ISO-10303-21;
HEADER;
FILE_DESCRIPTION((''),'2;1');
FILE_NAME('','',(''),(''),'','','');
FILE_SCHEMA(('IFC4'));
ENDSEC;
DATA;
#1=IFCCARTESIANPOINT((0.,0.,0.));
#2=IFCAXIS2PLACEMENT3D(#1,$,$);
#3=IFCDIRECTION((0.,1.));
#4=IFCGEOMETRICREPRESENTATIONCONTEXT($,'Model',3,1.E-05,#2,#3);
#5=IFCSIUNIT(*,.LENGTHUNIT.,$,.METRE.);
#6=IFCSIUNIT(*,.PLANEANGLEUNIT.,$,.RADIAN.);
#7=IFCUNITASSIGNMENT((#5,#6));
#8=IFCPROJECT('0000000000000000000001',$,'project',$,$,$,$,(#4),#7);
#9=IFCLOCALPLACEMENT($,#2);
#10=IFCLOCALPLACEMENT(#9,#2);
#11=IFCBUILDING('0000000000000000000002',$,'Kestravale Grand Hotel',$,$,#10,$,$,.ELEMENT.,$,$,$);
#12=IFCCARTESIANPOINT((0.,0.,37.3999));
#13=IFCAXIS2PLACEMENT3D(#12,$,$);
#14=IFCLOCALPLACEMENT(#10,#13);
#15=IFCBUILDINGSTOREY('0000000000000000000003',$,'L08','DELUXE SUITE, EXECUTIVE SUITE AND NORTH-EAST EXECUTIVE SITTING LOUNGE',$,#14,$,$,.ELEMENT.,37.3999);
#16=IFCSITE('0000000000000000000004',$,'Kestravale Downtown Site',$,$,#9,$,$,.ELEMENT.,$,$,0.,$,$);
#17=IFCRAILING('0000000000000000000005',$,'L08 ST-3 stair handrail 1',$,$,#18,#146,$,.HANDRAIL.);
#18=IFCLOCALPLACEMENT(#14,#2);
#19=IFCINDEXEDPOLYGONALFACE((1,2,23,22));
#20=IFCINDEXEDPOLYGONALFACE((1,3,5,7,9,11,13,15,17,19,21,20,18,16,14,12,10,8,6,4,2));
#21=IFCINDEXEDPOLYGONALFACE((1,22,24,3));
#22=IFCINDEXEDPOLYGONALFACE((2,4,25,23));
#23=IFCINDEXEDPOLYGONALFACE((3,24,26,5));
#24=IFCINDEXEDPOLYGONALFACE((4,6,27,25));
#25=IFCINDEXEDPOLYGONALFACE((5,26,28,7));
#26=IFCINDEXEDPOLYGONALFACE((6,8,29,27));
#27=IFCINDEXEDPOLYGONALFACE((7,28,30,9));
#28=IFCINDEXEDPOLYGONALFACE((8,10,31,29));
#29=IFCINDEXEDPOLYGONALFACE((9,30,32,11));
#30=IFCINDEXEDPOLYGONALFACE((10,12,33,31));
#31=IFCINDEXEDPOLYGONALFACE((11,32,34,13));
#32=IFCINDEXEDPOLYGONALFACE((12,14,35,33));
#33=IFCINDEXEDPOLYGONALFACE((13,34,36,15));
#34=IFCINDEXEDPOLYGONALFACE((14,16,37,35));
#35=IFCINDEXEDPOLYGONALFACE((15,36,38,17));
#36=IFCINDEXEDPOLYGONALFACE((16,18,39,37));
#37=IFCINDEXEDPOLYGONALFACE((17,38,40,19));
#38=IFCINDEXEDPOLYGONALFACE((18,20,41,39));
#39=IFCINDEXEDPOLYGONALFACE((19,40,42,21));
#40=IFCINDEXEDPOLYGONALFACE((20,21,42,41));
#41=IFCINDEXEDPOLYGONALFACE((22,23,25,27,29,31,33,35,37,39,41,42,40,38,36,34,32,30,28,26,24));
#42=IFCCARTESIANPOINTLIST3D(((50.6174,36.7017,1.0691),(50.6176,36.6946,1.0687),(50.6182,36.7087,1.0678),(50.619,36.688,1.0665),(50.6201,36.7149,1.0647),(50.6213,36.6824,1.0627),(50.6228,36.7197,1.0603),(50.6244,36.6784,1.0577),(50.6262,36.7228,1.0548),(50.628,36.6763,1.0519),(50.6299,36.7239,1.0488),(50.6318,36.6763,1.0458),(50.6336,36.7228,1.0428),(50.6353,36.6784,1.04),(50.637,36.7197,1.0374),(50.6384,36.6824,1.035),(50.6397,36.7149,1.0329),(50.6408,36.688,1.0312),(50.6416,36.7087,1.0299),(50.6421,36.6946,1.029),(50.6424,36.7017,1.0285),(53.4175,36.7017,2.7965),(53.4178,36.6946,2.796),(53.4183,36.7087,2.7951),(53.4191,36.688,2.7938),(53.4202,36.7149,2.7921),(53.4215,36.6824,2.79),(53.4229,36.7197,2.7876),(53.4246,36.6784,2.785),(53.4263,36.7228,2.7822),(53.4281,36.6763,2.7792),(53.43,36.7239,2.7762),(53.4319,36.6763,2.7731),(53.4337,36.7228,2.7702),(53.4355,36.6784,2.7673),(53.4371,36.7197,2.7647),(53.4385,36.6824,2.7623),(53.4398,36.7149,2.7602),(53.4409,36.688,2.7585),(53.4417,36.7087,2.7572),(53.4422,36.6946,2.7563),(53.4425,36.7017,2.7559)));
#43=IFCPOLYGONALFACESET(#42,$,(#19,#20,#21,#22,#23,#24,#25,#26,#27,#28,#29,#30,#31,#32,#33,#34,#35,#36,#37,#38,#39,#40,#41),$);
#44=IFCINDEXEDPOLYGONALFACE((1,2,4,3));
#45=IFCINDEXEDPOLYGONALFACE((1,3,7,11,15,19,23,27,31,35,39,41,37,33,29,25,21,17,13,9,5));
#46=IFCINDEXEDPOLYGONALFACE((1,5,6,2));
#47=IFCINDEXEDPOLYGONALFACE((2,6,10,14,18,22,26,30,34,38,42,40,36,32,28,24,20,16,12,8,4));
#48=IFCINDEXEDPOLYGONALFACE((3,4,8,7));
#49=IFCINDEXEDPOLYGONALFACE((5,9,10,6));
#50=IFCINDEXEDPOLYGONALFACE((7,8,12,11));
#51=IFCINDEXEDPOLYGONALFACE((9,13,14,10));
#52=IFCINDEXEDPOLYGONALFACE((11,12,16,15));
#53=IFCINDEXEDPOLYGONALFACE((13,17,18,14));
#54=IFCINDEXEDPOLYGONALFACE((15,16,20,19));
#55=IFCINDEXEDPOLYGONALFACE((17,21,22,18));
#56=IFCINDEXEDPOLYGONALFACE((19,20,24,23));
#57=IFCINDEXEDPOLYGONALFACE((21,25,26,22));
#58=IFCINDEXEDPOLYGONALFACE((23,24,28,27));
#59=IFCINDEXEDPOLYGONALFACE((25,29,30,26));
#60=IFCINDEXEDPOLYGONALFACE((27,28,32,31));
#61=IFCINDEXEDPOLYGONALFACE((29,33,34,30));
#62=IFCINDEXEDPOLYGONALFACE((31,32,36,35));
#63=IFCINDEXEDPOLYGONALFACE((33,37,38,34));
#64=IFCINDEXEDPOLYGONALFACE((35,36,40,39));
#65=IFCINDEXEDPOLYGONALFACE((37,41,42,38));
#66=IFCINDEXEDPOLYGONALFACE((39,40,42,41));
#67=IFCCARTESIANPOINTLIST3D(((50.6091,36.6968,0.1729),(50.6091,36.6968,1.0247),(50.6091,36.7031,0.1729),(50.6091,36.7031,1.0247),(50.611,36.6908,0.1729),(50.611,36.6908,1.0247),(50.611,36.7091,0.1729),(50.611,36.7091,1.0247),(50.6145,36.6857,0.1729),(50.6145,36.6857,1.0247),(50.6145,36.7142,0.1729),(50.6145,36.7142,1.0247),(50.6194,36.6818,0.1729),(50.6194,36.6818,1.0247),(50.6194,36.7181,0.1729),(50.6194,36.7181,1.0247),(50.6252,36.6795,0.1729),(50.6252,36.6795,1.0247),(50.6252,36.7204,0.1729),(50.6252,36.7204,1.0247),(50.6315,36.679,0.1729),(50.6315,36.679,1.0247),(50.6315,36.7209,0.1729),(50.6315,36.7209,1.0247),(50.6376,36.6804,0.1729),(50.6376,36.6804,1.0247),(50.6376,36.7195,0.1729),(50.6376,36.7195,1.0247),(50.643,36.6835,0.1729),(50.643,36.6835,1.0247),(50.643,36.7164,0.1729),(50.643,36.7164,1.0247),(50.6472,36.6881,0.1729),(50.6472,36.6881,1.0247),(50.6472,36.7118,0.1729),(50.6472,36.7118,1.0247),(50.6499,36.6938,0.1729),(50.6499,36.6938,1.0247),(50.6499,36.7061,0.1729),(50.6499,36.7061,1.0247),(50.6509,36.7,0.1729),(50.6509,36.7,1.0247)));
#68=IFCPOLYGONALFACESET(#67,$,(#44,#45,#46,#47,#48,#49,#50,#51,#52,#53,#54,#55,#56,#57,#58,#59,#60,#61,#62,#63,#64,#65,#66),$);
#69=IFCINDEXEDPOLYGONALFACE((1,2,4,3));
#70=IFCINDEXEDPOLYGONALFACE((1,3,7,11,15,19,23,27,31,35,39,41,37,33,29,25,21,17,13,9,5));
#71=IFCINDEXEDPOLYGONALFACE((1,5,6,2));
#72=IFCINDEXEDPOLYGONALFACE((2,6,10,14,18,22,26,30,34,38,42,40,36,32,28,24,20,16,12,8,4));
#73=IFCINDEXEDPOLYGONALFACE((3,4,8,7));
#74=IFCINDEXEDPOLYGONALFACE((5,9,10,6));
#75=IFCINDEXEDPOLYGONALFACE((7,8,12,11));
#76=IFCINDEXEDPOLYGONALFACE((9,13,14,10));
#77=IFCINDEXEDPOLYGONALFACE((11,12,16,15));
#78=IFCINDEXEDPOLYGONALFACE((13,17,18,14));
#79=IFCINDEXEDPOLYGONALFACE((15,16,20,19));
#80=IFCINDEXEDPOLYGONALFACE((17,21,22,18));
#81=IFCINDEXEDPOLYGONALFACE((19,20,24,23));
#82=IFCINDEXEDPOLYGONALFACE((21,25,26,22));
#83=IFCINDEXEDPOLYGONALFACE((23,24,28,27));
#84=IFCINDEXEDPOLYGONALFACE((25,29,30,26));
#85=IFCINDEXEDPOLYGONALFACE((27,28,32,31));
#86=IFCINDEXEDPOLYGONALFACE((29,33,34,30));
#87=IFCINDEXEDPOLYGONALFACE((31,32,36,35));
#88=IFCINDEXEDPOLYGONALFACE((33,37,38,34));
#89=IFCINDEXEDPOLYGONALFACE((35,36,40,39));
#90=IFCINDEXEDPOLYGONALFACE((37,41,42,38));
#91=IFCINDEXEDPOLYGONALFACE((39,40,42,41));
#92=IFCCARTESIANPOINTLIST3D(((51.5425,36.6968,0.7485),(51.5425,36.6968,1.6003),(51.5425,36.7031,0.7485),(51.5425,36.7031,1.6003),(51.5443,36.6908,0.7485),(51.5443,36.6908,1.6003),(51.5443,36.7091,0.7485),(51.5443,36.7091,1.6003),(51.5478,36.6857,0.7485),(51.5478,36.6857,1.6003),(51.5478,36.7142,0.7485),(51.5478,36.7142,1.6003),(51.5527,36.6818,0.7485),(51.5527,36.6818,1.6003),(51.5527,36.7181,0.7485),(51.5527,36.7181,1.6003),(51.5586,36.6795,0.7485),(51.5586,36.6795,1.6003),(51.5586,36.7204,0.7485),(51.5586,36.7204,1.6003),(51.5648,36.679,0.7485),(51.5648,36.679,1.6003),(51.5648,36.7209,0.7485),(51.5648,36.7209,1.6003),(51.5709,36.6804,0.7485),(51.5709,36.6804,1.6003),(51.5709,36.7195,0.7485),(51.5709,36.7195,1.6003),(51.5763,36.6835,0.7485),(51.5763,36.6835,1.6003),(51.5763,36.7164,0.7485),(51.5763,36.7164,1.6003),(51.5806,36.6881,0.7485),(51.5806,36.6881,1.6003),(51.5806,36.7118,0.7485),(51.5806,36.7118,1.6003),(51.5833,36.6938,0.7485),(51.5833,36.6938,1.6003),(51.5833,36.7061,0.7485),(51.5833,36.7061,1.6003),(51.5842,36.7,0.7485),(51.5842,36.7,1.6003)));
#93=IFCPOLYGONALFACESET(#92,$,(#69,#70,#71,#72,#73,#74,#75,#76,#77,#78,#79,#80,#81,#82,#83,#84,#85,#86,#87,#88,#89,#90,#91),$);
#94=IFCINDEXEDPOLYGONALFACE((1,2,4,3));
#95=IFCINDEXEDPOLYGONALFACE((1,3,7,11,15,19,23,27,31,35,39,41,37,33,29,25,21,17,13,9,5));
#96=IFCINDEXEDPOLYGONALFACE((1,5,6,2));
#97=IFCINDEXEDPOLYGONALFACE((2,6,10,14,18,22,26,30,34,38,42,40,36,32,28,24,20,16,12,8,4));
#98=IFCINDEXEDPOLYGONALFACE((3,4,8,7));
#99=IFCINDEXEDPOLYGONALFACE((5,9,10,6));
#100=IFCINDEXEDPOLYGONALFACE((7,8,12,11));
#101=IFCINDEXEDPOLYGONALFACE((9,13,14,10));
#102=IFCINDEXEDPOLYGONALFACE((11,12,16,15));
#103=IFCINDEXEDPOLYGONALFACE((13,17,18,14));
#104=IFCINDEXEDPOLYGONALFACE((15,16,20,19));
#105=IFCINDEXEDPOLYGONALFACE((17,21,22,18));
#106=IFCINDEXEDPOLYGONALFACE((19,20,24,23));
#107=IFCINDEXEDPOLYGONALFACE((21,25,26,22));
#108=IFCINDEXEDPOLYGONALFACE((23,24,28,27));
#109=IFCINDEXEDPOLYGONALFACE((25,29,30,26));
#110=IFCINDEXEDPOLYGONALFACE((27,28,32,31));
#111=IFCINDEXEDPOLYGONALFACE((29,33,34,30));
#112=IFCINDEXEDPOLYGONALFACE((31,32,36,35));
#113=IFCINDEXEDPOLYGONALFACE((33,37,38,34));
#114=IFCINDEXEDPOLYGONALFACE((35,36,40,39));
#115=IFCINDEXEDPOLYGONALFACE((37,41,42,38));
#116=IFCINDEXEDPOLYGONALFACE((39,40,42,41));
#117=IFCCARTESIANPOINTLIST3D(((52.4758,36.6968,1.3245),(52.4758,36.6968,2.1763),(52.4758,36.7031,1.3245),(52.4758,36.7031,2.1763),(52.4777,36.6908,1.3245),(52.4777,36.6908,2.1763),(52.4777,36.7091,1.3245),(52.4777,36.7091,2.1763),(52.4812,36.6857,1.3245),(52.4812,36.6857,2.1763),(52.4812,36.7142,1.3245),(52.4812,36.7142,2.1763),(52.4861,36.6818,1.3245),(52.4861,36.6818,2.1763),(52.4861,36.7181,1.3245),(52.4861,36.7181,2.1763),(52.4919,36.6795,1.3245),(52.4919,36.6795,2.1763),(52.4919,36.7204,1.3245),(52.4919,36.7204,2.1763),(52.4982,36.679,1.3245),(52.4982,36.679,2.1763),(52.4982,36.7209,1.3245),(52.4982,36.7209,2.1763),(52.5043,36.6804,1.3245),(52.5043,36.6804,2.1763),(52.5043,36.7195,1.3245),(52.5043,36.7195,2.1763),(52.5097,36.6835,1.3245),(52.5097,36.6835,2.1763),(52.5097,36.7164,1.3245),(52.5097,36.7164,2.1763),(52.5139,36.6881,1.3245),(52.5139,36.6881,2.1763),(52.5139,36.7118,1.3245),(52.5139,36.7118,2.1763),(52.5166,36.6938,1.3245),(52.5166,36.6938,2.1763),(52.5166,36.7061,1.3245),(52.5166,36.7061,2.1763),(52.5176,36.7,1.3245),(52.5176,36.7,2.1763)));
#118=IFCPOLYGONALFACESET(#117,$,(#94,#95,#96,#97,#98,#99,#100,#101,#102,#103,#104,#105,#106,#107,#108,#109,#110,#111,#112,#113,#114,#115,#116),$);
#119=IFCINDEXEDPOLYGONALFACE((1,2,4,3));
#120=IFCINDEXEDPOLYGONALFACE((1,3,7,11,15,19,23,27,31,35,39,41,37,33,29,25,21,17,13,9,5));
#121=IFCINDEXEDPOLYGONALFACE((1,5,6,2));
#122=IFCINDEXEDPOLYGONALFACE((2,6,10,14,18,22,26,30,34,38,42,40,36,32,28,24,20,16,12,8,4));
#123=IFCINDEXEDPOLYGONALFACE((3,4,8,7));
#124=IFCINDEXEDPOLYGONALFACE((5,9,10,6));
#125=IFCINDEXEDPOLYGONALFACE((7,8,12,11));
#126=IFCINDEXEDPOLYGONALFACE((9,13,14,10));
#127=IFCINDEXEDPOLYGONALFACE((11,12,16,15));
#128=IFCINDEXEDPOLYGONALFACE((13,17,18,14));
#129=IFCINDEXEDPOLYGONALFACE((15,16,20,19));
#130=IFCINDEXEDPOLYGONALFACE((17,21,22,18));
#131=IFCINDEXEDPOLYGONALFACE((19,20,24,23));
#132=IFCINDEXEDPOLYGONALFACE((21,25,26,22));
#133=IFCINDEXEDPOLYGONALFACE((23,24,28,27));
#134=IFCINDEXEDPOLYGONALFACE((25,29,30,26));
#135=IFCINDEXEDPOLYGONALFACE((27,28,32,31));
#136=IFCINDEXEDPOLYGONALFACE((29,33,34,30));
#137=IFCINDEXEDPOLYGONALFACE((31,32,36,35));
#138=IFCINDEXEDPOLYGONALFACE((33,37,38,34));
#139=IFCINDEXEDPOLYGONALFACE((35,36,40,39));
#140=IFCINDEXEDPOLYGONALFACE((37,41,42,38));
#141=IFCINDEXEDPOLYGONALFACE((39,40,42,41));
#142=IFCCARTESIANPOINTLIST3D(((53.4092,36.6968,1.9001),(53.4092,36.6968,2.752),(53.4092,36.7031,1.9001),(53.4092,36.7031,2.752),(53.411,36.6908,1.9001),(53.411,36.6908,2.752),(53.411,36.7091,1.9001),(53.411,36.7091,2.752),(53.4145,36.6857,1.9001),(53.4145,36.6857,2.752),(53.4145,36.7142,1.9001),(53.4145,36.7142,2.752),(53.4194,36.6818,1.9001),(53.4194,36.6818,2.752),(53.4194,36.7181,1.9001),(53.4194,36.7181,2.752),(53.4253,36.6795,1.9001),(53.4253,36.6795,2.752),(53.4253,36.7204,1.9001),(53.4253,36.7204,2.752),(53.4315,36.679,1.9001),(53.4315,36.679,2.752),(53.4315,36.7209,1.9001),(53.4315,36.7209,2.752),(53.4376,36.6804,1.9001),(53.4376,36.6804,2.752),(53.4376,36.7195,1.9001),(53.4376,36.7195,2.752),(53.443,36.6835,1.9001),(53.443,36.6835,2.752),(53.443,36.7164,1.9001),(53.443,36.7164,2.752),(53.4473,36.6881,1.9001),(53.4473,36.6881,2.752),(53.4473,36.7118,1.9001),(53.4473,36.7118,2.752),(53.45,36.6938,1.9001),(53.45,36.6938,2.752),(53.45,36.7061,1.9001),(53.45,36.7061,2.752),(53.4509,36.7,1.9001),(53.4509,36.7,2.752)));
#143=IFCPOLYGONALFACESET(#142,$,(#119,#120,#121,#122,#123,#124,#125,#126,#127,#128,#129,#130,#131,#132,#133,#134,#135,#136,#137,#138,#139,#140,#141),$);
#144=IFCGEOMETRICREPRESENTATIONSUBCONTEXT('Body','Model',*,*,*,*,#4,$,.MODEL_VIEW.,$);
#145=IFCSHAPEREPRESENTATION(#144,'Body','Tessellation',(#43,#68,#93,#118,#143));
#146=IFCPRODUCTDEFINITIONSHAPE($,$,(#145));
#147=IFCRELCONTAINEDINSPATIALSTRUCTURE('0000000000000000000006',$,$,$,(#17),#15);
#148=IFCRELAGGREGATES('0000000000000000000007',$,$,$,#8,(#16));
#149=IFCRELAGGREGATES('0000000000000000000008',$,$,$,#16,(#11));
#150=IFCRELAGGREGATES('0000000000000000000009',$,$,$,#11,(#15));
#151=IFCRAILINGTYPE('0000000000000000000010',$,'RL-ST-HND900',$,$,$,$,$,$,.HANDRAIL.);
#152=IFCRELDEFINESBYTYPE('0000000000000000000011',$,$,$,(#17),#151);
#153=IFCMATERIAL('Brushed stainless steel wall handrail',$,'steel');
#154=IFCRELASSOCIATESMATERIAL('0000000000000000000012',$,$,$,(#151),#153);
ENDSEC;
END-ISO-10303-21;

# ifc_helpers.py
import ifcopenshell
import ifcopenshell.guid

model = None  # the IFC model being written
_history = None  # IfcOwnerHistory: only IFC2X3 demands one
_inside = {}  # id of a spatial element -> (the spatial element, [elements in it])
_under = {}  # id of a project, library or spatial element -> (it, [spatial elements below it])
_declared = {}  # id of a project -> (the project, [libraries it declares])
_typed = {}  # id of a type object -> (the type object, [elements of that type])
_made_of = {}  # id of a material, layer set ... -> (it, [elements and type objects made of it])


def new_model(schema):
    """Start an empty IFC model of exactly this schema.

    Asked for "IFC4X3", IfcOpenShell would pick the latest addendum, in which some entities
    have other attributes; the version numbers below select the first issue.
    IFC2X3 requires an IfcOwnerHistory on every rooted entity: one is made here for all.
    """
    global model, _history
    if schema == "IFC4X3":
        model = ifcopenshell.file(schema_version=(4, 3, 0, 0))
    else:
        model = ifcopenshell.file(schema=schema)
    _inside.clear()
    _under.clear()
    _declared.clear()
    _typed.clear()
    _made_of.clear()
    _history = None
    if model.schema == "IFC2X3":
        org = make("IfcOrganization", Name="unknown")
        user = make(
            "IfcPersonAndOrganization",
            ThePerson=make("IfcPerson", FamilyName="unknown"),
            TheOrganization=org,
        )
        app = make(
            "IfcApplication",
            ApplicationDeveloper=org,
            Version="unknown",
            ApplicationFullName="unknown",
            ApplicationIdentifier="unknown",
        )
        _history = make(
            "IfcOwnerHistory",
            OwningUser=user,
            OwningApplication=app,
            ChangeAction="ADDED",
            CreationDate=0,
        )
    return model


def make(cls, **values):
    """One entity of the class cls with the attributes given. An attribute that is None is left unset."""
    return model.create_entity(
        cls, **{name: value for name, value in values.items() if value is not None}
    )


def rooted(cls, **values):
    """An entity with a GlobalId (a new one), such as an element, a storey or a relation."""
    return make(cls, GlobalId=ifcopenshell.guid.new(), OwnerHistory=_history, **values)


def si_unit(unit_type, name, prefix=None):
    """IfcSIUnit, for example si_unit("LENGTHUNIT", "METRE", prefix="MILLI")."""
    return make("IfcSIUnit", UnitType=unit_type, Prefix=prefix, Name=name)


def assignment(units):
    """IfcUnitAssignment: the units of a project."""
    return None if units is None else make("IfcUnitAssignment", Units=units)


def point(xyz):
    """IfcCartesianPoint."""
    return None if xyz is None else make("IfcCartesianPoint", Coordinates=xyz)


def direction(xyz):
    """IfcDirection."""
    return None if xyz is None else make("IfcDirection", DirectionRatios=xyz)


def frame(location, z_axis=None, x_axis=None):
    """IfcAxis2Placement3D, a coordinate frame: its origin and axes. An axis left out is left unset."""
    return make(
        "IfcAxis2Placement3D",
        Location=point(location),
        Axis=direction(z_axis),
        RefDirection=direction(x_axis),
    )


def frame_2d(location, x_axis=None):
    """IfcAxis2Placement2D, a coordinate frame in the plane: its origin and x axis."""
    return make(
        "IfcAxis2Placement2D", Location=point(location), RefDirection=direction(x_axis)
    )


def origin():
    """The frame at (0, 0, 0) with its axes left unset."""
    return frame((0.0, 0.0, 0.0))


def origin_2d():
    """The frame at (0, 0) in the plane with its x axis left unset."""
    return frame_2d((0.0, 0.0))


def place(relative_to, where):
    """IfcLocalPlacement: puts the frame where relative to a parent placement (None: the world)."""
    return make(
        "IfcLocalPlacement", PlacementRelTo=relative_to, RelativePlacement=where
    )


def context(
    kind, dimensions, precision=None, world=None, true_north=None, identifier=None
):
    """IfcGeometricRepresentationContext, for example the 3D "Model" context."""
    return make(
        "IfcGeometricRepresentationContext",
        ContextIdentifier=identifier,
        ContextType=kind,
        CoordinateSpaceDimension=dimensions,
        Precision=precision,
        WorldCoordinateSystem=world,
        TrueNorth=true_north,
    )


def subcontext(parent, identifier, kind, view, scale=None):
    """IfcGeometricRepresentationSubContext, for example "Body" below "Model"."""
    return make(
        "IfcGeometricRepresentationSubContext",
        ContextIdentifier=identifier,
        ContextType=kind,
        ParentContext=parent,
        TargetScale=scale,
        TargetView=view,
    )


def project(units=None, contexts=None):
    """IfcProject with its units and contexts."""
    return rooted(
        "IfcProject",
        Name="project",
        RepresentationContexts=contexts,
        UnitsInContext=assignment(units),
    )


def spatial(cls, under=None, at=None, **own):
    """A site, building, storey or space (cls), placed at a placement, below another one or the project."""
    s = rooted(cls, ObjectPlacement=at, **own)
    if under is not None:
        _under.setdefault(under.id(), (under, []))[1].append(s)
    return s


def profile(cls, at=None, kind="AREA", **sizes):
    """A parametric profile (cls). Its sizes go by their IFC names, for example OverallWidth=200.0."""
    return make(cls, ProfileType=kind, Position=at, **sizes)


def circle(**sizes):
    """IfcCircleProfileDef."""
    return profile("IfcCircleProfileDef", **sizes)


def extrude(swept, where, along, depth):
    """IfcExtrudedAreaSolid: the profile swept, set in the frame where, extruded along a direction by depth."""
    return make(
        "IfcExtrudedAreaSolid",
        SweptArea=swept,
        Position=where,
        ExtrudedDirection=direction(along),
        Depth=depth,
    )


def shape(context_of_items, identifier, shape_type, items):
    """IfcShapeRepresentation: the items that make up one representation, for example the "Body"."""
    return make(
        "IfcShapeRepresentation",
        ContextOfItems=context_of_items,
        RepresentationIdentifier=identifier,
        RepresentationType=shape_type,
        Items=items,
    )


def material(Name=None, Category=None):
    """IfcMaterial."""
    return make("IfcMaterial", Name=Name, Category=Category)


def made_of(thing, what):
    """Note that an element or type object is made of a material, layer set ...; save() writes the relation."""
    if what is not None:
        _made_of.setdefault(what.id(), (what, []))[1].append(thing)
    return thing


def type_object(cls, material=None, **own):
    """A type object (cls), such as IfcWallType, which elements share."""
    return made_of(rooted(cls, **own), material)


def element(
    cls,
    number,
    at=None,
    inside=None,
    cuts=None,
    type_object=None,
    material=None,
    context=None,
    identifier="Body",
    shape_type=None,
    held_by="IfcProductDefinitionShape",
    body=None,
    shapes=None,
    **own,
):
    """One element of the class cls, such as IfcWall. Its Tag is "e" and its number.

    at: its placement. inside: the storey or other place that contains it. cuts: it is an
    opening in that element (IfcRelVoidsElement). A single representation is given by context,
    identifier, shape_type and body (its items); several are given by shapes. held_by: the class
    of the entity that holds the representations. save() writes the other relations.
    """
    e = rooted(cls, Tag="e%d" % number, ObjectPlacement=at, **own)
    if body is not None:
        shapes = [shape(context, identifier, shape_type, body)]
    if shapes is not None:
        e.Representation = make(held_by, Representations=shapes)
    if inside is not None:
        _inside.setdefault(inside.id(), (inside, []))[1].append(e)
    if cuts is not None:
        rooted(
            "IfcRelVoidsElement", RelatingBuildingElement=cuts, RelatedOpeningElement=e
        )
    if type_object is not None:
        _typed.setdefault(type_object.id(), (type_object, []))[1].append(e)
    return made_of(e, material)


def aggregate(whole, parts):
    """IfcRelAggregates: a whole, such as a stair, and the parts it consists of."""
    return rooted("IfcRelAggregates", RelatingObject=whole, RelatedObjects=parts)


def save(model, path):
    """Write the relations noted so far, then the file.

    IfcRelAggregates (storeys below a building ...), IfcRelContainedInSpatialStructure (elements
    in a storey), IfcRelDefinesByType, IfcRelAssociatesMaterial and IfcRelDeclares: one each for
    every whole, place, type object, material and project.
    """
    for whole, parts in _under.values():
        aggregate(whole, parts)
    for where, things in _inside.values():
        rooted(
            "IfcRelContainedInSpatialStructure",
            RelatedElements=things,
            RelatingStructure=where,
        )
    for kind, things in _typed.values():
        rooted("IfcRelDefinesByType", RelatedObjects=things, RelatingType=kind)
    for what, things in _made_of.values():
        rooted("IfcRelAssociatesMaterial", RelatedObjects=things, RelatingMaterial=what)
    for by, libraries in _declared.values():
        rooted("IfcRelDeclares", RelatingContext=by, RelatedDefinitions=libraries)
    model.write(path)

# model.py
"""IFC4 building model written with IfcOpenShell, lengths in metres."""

from ifc_helpers import new_model, si_unit, direction, frame, origin, origin_2d, place, context, subcontext, project, spatial, circle, extrude, material, type_object, element, save


model = new_model("IFC4")

# Units and contexts
model_context = context("Model", 3, precision=1e-05, world=origin(), true_north=direction((0.0, 1.0)))
body_context = subcontext(model_context, "Body", "Model", "MODEL_VIEW")
ifc_project = project(units=[si_unit("LENGTHUNIT", "METRE"), si_unit("PLANEANGLEUNIT", "RADIAN")], contexts=[model_context])

# Site, building, storey
site_placement = place(None, origin())
site = spatial("IfcSite", under=ifc_project, at=site_placement, Name="Kestravale Downtown Site", CompositionType="ELEMENT", RefElevation=0.0)
building_placement = place(site_placement, origin())
building = spatial("IfcBuilding", under=site, at=building_placement, Name="Kestravale Grand Hotel", CompositionType="ELEMENT")
storey_placement = place(building_placement, frame((0.0, 0.0, 37.3999)))
storey = spatial("IfcBuildingStorey", under=building, at=storey_placement, Name="L08", Description="DELUXE SUITE, EXECUTIVE SUITE AND NORTH-EAST EXECUTIVE SITTING LOUNGE", CompositionType="ELEMENT", Elevation=37.3999)

# Railing
ifc_material_1 = material(Name="Brushed stainless steel wall handrail", Category="steel")
railing_type_1 = type_object("IfcRailingType", Name="RL-ST-HND900", PredefinedType="HANDRAIL", material=ifc_material_1)
railing_1_placement = place(storey_placement, frame((50.6299, 36.7, 0.1729)))
element("IfcRailing", 1, at=railing_1_placement, inside=storey, type_object=railing_type_1, Name="L08 ST-3 stair handrail 1", PredefinedType="HANDRAIL", context=body_context, shape_type="SweptSolid", body=[
    extrude(circle(Radius=0.0239, at=origin_2d()), frame((0.0, 0.0, 0.876), z_axis=(0.85109, 0.0, 0.52502), x_axis=(0.0, 1.0, 0.0)), (0.0, 0.0, 1.0), 3.29),
    extrude(circle(Radius=0.021, at=origin_2d()), origin(), (0.0, 0.0, 1.0), 0.8518),
    extrude(circle(Radius=0.021, at=origin_2d()), frame((0.9333, 0.0, 0.5757)), (0.0, 0.0, 1.0), 0.8518),
    extrude(circle(Radius=0.021, at=origin_2d()), frame((1.8667, 0.0, 1.1516)), (0.0, 0.0, 1.0), 0.8518),
    extrude(circle(Radius=0.021, at=origin_2d()), frame((2.8, 0.0, 1.7273)), (0.0, 0.0, 1.0), 0.8518),
])

save(model, "model.ifc")
